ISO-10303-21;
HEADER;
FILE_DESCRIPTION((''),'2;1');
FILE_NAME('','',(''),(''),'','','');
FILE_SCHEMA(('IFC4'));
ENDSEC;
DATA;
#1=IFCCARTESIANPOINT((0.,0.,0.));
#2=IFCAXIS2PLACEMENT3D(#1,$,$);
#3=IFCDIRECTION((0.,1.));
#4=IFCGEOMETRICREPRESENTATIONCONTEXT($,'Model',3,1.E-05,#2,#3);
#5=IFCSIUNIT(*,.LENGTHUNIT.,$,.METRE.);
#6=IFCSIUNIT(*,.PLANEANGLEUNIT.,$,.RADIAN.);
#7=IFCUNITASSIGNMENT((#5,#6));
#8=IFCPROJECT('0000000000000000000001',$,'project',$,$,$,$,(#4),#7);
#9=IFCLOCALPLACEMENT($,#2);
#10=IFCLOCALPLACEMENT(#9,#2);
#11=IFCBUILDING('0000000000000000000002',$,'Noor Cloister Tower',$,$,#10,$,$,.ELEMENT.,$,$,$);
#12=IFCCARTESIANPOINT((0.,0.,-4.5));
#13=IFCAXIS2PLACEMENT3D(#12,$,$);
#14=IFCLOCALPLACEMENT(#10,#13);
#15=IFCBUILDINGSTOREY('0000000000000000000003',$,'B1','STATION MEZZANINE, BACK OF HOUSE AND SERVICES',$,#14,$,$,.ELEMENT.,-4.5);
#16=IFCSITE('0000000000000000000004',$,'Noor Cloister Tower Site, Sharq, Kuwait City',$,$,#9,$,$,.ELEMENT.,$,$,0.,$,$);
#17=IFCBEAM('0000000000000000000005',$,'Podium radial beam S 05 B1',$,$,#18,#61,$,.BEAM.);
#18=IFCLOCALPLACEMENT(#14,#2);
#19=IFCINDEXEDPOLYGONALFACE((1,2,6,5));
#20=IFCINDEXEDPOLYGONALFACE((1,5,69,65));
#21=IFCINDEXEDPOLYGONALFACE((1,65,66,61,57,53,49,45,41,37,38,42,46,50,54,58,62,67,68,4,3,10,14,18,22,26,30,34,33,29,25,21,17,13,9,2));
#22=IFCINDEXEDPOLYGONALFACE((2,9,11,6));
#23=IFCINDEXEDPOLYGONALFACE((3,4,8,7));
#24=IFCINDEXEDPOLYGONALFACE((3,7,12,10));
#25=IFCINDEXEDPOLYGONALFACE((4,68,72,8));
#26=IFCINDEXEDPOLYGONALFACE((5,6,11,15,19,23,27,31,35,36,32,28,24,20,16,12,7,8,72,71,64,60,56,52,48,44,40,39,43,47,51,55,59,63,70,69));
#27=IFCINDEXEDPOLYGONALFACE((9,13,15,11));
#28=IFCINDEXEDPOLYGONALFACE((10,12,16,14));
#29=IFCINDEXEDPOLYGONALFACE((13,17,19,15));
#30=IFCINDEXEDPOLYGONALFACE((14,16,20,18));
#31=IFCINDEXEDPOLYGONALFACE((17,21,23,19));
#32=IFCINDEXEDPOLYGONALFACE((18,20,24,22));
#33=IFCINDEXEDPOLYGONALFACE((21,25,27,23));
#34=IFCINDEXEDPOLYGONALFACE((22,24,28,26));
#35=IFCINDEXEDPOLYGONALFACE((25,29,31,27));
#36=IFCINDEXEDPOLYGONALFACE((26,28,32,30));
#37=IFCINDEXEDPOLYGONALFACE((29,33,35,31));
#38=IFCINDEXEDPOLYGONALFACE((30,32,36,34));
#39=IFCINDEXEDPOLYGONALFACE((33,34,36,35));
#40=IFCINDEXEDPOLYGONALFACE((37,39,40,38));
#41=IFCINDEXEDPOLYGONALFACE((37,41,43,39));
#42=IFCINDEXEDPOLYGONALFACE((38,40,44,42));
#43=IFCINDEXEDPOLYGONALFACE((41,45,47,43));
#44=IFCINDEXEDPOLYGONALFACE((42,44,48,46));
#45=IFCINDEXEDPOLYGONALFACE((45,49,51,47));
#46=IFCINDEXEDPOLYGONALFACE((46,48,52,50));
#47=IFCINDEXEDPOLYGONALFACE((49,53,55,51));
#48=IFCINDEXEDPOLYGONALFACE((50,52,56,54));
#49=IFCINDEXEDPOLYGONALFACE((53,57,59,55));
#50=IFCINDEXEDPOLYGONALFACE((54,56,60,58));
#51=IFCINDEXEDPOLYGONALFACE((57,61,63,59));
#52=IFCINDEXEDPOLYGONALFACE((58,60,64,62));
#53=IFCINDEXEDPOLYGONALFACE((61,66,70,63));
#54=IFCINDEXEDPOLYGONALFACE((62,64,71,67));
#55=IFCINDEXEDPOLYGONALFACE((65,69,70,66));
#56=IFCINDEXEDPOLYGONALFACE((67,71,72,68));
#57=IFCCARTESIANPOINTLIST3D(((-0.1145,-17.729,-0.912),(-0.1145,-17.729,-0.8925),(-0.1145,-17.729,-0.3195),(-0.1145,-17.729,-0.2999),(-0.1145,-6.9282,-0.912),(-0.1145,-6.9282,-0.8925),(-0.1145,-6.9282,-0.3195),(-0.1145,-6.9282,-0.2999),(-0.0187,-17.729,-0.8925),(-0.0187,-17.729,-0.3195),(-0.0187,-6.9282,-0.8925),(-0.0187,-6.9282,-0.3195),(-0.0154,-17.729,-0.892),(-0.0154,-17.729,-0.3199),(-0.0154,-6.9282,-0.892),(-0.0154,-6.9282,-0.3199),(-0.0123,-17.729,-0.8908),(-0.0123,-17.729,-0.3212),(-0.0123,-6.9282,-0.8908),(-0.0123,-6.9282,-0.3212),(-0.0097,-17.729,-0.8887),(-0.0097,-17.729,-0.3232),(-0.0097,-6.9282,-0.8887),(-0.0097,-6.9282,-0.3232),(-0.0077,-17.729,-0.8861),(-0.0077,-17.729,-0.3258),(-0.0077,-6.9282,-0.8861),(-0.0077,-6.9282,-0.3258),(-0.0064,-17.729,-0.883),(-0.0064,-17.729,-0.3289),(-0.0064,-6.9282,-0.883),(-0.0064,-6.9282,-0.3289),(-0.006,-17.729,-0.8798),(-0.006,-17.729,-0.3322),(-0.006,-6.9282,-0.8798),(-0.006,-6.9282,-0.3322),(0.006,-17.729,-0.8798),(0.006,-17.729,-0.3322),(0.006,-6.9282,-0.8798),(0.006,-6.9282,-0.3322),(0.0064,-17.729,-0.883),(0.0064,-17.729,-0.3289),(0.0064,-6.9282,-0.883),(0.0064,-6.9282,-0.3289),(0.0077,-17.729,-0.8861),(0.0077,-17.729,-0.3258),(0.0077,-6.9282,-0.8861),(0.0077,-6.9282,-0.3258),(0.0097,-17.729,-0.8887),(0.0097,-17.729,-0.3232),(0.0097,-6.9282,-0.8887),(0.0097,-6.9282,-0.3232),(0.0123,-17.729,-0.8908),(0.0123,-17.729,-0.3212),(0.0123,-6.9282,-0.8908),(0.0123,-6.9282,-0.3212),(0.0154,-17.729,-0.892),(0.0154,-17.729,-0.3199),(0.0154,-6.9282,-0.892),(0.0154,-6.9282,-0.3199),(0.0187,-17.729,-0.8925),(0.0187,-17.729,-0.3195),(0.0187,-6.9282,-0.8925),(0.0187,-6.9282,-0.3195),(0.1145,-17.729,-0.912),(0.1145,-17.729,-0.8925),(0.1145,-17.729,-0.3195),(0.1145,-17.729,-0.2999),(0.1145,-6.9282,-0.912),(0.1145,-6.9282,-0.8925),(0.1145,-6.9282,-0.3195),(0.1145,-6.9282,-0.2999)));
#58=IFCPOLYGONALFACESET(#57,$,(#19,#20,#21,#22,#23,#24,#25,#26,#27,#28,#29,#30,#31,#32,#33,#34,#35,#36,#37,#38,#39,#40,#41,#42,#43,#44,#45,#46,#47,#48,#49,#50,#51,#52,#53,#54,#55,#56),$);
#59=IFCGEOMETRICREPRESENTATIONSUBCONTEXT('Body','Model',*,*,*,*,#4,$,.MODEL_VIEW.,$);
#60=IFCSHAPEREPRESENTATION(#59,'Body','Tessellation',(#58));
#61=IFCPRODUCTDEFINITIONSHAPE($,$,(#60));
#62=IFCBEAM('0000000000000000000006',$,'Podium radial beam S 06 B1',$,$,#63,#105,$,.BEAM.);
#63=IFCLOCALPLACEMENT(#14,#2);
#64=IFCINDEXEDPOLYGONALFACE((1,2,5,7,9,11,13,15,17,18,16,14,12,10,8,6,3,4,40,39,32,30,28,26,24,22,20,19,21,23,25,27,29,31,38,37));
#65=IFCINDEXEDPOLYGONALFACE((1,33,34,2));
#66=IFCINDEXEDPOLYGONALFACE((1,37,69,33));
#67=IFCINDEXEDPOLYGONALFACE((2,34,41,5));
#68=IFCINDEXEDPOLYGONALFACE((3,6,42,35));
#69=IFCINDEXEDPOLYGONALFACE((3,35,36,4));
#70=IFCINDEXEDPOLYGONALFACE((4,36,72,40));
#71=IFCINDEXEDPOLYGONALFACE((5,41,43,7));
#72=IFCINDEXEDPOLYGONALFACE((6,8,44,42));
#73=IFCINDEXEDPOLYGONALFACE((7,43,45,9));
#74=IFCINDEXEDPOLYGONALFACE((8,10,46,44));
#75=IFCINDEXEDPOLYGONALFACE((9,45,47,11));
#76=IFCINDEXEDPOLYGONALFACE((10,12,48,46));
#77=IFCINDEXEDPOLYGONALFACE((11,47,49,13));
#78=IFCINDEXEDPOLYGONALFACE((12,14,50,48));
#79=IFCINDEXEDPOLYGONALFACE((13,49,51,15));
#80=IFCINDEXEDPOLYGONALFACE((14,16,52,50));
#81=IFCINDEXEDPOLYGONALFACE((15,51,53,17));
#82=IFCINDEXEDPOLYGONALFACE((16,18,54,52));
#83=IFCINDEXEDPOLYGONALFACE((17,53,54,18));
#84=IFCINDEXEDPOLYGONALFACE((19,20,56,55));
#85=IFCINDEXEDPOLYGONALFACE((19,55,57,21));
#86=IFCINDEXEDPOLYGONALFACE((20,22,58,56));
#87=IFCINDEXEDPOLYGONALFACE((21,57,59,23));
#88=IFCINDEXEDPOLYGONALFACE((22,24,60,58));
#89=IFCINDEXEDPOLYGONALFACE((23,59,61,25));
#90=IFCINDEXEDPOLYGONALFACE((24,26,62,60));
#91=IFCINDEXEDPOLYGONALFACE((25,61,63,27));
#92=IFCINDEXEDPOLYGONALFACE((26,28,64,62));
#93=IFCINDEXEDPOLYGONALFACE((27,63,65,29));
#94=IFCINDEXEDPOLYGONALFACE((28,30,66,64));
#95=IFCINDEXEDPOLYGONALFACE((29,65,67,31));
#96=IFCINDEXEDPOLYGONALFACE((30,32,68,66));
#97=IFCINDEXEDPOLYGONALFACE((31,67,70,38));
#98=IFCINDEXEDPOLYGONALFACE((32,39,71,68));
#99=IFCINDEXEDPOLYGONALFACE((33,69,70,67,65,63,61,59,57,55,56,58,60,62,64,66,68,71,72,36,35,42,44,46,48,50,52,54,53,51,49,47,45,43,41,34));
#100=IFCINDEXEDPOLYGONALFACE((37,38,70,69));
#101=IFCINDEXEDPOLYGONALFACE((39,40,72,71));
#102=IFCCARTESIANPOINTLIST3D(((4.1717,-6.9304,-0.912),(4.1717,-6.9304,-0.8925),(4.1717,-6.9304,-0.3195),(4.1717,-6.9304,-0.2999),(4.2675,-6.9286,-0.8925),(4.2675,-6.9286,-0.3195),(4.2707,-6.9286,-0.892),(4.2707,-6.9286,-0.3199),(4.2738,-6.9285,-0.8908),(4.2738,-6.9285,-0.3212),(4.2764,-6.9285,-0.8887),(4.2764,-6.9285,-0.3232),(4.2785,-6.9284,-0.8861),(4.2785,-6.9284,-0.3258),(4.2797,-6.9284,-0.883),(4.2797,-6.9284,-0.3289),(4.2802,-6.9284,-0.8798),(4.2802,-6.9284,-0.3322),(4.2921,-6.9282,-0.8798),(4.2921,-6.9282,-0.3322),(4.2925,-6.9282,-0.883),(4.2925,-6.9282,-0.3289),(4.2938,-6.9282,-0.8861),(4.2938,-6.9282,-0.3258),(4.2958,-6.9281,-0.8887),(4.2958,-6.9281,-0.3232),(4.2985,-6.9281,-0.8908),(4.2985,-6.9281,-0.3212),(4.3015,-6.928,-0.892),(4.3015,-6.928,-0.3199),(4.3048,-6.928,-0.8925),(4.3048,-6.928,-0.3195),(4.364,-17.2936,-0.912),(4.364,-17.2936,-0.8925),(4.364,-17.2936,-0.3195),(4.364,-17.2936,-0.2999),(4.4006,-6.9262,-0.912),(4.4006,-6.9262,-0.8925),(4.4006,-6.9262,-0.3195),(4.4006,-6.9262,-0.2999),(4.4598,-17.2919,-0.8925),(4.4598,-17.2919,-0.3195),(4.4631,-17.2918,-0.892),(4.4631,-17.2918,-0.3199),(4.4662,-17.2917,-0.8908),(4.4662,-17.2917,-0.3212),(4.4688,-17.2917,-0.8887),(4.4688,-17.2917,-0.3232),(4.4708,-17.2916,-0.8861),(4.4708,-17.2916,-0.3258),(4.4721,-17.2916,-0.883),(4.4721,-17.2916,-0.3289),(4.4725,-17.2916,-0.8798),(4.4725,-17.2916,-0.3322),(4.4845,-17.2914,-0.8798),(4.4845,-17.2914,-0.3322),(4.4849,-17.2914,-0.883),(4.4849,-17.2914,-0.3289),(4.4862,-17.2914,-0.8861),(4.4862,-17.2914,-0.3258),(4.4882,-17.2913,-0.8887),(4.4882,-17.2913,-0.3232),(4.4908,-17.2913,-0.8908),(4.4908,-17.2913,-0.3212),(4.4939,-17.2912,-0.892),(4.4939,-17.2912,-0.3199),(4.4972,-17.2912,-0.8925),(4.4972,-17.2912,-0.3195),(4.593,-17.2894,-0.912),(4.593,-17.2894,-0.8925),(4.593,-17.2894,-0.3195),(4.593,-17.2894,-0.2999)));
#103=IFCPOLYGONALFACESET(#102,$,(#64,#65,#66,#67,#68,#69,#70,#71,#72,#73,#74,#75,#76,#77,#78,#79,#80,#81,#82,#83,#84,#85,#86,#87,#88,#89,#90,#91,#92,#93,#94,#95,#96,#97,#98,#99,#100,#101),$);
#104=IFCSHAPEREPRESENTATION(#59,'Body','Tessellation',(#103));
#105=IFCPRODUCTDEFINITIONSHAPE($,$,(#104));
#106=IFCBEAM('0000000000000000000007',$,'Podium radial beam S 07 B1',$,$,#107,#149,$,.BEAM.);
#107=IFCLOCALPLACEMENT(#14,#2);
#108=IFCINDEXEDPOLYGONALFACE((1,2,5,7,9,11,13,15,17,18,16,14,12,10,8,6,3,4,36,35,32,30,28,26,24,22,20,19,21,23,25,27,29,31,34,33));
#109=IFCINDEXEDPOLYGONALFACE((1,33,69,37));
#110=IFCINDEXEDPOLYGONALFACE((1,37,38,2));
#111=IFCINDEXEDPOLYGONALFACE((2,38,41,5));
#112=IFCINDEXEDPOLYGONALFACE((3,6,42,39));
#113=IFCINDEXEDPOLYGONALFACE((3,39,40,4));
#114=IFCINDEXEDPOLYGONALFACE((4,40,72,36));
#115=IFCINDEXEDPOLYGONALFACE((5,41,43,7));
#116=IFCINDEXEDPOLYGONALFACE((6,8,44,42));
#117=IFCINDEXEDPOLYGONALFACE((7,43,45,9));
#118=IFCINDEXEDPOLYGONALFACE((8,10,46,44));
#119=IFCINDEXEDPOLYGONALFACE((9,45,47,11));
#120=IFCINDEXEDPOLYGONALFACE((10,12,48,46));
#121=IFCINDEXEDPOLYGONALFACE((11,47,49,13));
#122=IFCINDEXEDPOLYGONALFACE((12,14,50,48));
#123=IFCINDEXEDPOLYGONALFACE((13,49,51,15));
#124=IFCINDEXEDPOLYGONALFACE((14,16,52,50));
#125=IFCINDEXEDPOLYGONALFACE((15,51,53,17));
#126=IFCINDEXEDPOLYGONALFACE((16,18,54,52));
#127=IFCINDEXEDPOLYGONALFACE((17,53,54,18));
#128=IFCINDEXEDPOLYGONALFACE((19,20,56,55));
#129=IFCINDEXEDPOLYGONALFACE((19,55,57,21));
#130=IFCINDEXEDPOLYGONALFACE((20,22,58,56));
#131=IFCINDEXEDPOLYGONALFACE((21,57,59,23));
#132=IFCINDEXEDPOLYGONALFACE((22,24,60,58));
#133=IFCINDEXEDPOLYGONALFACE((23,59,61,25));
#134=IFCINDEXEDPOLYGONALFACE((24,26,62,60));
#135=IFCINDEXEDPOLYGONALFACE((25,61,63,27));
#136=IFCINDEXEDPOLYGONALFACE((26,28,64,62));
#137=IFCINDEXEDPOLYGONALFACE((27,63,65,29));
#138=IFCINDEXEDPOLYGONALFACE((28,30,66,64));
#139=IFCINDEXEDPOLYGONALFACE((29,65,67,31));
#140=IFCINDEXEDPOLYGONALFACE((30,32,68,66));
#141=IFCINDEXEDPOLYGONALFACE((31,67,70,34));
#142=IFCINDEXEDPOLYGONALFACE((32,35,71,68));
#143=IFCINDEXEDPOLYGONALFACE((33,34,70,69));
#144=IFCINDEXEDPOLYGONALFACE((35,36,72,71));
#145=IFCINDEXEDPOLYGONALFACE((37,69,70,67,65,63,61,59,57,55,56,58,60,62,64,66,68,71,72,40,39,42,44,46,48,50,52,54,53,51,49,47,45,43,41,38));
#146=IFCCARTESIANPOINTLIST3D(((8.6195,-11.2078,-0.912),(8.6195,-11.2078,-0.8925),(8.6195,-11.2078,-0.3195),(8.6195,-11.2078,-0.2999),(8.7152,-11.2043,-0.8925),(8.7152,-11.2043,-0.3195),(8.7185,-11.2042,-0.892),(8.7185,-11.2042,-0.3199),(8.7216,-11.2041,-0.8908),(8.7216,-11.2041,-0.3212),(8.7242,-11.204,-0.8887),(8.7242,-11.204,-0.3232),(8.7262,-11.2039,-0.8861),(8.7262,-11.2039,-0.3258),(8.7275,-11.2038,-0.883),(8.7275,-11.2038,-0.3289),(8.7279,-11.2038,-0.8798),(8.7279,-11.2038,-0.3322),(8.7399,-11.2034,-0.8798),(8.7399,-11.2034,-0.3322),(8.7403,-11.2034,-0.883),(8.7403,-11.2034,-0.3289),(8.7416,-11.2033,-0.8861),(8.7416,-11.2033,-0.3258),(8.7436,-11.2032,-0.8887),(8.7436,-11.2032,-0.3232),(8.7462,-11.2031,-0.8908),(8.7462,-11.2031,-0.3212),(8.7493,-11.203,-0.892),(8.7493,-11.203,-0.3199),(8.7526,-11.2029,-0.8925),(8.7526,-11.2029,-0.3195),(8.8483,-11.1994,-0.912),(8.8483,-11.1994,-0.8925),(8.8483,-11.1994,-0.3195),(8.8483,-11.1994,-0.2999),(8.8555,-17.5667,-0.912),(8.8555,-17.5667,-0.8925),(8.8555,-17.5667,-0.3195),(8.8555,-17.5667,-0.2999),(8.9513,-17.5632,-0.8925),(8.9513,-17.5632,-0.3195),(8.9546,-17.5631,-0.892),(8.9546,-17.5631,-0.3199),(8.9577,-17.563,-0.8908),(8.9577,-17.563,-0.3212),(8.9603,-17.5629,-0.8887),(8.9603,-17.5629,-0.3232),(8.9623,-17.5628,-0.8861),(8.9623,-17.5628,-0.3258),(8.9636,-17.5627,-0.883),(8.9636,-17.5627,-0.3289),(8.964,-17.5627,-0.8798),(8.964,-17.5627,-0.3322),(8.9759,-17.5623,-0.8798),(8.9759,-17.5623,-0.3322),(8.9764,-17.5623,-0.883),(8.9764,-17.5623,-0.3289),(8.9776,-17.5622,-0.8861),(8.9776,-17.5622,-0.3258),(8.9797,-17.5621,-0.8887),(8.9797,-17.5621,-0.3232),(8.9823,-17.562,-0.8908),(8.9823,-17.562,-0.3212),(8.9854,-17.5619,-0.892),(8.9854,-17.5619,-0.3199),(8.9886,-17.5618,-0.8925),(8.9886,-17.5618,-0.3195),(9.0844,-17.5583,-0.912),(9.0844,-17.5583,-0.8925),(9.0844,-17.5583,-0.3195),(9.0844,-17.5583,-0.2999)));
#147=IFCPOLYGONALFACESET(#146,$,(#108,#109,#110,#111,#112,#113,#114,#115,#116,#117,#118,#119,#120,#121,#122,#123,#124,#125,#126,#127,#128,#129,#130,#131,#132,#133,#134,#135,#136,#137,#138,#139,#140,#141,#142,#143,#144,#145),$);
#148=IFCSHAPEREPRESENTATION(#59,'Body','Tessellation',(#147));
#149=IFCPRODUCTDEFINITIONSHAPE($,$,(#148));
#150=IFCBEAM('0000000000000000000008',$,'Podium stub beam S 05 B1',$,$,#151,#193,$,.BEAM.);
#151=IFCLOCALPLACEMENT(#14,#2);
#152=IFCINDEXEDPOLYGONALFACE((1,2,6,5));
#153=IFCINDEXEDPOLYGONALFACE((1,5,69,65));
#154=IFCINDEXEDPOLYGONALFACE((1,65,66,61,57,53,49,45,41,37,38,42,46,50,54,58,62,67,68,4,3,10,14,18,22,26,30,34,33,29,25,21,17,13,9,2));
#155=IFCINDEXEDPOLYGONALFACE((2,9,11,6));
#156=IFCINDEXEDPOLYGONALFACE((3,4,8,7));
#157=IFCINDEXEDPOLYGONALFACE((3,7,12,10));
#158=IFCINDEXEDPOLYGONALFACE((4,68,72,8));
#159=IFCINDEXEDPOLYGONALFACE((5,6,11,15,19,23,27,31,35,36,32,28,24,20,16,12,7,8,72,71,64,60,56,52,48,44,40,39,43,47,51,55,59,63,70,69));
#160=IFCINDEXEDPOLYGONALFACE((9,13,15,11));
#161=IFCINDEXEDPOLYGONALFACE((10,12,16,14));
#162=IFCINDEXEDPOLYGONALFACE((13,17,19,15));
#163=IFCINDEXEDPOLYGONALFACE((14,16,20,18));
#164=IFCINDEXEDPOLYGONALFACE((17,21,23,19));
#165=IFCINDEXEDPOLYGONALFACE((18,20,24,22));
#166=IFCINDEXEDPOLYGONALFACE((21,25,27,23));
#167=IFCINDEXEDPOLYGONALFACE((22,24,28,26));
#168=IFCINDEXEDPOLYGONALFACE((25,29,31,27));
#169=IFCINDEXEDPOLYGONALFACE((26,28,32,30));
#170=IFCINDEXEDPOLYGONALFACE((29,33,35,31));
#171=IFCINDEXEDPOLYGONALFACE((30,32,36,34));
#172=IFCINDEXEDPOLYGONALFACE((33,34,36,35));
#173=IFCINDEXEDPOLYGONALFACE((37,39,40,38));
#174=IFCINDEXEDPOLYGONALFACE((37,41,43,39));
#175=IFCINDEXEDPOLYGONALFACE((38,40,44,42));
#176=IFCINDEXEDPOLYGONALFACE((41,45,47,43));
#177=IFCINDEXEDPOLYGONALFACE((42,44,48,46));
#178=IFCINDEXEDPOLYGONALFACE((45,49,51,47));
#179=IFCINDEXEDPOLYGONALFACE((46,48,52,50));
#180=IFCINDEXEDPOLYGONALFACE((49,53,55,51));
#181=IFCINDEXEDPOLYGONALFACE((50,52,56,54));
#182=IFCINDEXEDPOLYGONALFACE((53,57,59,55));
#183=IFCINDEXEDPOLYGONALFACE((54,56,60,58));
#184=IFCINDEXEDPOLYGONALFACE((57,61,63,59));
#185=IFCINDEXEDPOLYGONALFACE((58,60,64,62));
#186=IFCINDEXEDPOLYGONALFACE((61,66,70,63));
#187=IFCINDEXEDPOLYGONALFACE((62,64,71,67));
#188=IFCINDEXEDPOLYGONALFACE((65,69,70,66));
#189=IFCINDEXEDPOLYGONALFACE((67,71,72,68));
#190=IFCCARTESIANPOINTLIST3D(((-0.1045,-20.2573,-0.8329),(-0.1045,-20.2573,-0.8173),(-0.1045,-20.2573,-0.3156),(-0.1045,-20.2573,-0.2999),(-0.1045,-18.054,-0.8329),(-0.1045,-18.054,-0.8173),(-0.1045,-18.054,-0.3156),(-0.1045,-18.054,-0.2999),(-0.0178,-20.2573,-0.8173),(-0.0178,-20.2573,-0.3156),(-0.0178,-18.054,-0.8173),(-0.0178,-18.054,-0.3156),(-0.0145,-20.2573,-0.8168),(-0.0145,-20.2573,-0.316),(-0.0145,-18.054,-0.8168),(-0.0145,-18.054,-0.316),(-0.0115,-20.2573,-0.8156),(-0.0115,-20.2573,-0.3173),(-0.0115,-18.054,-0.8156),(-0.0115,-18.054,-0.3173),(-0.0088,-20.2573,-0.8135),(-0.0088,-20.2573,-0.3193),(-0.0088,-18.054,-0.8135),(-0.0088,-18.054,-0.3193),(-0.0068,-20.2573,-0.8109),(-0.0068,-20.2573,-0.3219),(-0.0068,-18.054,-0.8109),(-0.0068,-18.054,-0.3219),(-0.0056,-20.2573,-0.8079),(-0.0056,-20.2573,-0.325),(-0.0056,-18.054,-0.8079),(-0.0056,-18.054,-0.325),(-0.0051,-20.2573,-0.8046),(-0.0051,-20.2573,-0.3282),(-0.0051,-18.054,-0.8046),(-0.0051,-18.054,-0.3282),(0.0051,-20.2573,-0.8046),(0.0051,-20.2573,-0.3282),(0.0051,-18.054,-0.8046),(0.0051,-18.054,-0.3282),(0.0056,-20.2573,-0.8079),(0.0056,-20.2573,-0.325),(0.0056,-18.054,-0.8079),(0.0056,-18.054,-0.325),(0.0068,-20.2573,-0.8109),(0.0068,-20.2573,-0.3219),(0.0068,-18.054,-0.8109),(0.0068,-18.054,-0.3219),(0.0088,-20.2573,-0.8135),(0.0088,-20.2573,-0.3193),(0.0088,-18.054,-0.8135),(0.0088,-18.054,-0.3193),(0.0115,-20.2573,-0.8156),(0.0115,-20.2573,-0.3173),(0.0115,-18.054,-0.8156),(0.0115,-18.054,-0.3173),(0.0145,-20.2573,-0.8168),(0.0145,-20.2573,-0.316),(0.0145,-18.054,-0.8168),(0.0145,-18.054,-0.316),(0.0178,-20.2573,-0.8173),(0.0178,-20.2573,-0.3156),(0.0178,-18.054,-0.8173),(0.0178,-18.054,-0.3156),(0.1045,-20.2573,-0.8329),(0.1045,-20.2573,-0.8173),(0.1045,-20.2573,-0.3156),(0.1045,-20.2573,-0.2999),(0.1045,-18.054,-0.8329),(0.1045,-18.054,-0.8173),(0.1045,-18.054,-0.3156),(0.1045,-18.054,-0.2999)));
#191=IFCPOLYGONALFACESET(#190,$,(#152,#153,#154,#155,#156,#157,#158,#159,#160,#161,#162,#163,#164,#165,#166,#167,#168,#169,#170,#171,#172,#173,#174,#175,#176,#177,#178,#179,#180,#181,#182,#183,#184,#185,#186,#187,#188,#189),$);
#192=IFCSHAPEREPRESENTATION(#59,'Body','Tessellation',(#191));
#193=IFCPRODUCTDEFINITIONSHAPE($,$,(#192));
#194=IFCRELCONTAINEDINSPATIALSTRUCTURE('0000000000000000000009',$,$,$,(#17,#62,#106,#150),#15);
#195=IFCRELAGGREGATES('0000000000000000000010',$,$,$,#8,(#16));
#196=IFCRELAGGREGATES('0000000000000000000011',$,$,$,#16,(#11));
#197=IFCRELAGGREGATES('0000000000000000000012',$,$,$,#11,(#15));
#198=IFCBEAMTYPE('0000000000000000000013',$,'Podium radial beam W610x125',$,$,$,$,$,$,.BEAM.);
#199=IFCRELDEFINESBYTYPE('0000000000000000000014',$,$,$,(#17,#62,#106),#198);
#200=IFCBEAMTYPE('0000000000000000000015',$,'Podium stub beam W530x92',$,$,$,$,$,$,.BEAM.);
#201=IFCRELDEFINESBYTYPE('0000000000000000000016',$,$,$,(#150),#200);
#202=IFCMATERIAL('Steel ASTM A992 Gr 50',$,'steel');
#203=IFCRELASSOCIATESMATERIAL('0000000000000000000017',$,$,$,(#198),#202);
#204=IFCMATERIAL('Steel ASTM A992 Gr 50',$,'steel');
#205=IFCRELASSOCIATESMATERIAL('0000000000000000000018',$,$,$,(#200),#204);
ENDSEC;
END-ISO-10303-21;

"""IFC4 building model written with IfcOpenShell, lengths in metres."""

from ifc_helpers import new_model, si_unit, direction, frame, origin, origin_2d, place, context, subcontext, project, spatial, i_section, extrude, material, material_profile, profile_set, type_object, element, save


model = new_model("IFC4")

# Units and contexts
model_context = context("Model", 3, precision=1e-05, world=origin(), true_north=direction((0.0, 1.0)))
body_context = subcontext(model_context, "Body", "Model", "MODEL_VIEW")
ifc_project = project(units=[si_unit("LENGTHUNIT", "METRE"), si_unit("PLANEANGLEUNIT", "RADIAN")], contexts=[model_context])

# Site, building, storey
site_placement = place(None, origin())
site = spatial("IfcSite", under=ifc_project, at=site_placement, Name="Noor Cloister Tower Site, Sharq, Kuwait City", CompositionType="ELEMENT", RefElevation=0.0)
building_placement = place(site_placement, origin())
building = spatial("IfcBuilding", under=site, at=building_placement, Name="Noor Cloister Tower", CompositionType="ELEMENT")
storey_placement = place(building_placement, frame((0.0, 0.0, -4.5)))
storey = spatial("IfcBuildingStorey", under=building, at=storey_placement, Name="B1", Description="STATION MEZZANINE, BACK OF HOUSE AND SERVICES", CompositionType="ELEMENT", Elevation=-4.5)

# Beams
ifc_material_1 = material(Name="Steel ASTM A992 Gr 50", Category="steel")
ifc_material_profile_1 = material_profile(ifc_material_1, i_section(OverallWidth=0.229, OverallDepth=0.6121, WebThickness=0.012, FlangeThickness=0.0195, FilletRadius=0.0127, at=origin_2d()), Name="W610x125")
ifc_profile_set_1 = profile_set([ifc_material_profile_1], Name="Steel ASTM A992 Gr 50")
beam_type_1 = type_object("IfcBeamType", Name="Podium radial beam W610x125", PredefinedType="BEAM", material=ifc_profile_set_1)
beam_1_placement = place(storey_placement, frame((0.0, -17.729, -0.606), z_axis=(0.0, 1.0, 0.0), x_axis=(-1.0, 0.0, 0.0)))
element("IfcBeam", 1, at=beam_1_placement, inside=storey, type_object=beam_type_1, Name="Podium radial beam S 05 B1", PredefinedType="BEAM", context=body_context, shape_type="SweptSolid", body=[
    extrude(i_section(OverallWidth=0.229, OverallDepth=0.6121, WebThickness=0.012, FlangeThickness=0.0195, FilletRadius=0.0127, at=origin_2d()), origin(), (0.0, 0.0, 1.0), 10.8008),
])
beam_2_placement = place(storey_placement, frame((4.4785, -17.2915, -0.606), z_axis=(-0.018561, 0.999828, 0.0), x_axis=(-0.999828, -0.018561, 0.0)))
element("IfcBeam", 2, at=beam_2_placement, inside=storey, type_object=beam_type_1, Name="Podium radial beam S 06 B1", PredefinedType="BEAM", context=body_context, shape_type="SweptSolid", body=[
    extrude(i_section(OverallWidth=0.229, OverallDepth=0.6121, WebThickness=0.012, FlangeThickness=0.0195, FilletRadius=0.0127, at=origin_2d()), origin(), (0.0, 0.0, 1.0), 10.365),
])
beam_3_placement = place(storey_placement, frame((8.97, -17.5625, -0.606), z_axis=(-0.037101, 0.999312, 0.0), x_axis=(-0.999312, -0.037101, 0.0)))
element("IfcBeam", 3, at=beam_3_placement, inside=storey, type_object=beam_type_1, Name="Podium radial beam S 07 B1", PredefinedType="BEAM", context=body_context, shape_type="SweptSolid", body=[
    extrude(i_section(OverallWidth=0.229, OverallDepth=0.6121, WebThickness=0.012, FlangeThickness=0.0195, FilletRadius=0.0127, at=origin_2d()), origin(), (0.0, 0.0, 1.0), 6.3633),
])
ifc_material_2 = material(Name="Steel ASTM A992 Gr 50", Category="steel")
ifc_material_profile_2 = material_profile(ifc_material_2, i_section(OverallWidth=0.209, OverallDepth=0.533, WebThickness=0.0103, FlangeThickness=0.0156, FilletRadius=0.0127, at=origin_2d()), Name="W530x92")
ifc_profile_set_2 = profile_set([ifc_material_profile_2], Name="Steel ASTM A992 Gr 50")
beam_type_2 = type_object("IfcBeamType", Name="Podium stub beam W530x92", PredefinedType="BEAM", material=ifc_profile_set_2)
beam_4_placement = place(storey_placement, frame((0.0, -18.054, -0.5664), z_axis=(0.0, -1.0, 0.0), x_axis=(1.0, 0.0, 0.0)))
element("IfcBeam", 4, at=beam_4_placement, inside=storey, type_object=beam_type_2, Name="Podium stub beam S 05 B1", PredefinedType="BEAM", context=body_context, shape_type="SweptSolid", body=[
    extrude(i_section(OverallWidth=0.209, OverallDepth=0.533, WebThickness=0.0103, FlangeThickness=0.0156, FilletRadius=0.0127, at=origin_2d()), origin(), (0.0, 0.0, 1.0), 2.2034),
])

save(model, "model.ifc")
